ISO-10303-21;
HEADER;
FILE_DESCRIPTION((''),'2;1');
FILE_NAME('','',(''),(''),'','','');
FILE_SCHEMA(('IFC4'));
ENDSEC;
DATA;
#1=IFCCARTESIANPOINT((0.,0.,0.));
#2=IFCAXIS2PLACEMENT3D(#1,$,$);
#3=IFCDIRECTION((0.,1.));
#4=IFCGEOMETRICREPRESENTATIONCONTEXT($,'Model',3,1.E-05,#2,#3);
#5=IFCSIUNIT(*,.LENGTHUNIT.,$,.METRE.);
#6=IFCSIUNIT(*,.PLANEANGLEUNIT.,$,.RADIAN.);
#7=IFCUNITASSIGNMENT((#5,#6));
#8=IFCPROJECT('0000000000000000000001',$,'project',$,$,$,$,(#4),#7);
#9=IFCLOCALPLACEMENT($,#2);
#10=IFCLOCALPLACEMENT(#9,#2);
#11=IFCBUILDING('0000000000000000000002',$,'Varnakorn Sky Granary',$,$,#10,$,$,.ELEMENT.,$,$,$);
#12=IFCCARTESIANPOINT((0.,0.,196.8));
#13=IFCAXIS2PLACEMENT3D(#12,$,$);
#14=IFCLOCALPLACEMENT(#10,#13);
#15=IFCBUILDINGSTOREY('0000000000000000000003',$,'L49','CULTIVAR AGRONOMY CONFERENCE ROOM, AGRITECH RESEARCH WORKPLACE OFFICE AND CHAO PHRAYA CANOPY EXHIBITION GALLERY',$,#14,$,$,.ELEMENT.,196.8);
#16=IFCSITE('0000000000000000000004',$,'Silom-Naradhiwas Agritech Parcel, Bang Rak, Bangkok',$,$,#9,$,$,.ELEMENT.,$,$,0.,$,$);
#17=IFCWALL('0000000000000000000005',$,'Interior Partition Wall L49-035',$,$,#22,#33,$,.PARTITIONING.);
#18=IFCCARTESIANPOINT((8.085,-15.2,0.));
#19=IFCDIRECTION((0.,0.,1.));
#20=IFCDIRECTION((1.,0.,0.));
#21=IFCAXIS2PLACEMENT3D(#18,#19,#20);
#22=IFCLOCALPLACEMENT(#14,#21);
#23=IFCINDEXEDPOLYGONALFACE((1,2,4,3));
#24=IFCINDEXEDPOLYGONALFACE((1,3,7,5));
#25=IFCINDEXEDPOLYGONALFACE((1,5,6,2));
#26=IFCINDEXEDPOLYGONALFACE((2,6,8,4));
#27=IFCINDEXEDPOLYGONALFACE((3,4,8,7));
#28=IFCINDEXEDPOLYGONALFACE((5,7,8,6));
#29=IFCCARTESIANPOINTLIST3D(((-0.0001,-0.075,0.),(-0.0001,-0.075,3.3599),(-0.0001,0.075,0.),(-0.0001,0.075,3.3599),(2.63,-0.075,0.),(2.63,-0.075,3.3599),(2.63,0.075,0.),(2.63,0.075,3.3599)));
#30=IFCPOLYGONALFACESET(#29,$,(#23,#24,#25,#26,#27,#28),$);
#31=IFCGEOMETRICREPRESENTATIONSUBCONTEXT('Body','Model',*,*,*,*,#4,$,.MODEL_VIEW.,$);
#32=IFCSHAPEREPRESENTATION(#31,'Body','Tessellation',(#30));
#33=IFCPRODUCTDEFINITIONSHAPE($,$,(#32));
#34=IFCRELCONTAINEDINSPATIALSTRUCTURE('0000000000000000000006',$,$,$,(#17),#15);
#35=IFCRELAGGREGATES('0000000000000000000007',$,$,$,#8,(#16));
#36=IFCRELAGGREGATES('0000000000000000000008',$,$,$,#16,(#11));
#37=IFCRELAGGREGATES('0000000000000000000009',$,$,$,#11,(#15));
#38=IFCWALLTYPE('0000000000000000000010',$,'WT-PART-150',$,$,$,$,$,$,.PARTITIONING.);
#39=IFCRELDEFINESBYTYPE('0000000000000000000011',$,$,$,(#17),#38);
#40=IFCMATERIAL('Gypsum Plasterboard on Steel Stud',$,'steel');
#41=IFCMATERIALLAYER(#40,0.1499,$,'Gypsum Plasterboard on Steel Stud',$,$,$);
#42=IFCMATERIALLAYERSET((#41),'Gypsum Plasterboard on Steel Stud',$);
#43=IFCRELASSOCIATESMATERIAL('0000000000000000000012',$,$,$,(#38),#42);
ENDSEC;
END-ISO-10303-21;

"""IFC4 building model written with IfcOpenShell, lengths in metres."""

from ifc_helpers import new_model, si_unit, direction, frame, frame_2d, origin, place, context, subcontext, project, spatial, rectangle, extrude, material, layer, layer_set, type_object, element, save


model = new_model("IFC4")

# Units and contexts
model_context = context("Model", 3, precision=1e-05, world=origin(), true_north=direction((0.0, 1.0)))
body_context = subcontext(model_context, "Body", "Model", "MODEL_VIEW")
ifc_project = project(units=[si_unit("LENGTHUNIT", "METRE"), si_unit("PLANEANGLEUNIT", "RADIAN")], contexts=[model_context])

# Site, building, storey
site_placement = place(None, origin())
site = spatial("IfcSite", under=ifc_project, at=site_placement, Name="Silom-Naradhiwas Agritech Parcel, Bang Rak, Bangkok", CompositionType="ELEMENT", RefElevation=0.0)
building_placement = place(site_placement, origin())
building = spatial("IfcBuilding", under=site, at=building_placement, Name="Varnakorn Sky Granary", CompositionType="ELEMENT")
storey_placement = place(building_placement, frame((0.0, 0.0, 196.8)))
storey = spatial("IfcBuildingStorey", under=building, at=storey_placement, Name="L49", Description="CULTIVAR AGRONOMY CONFERENCE ROOM, AGRITECH RESEARCH WORKPLACE OFFICE AND CHAO PHRAYA CANOPY EXHIBITION GALLERY", CompositionType="ELEMENT", Elevation=196.8)

# Shared definitions
ifc_material_1 = material(Name="Gypsum Plasterboard on Steel Stud", Category="steel")
ifc_layer_1 = layer(ifc_material_1, 0.1499, Name="Gypsum Plasterboard on Steel Stud")
ifc_layer_set_1 = layer_set([ifc_layer_1], Name="Gypsum Plasterboard on Steel Stud")
wall_type_1 = type_object("IfcWallType", Name="WT-PART-150", PredefinedType="PARTITIONING", material=ifc_layer_set_1)

# Wall
wall_1_placement = place(storey_placement, frame((8.085, -15.2, 0.0), z_axis=(0.0, 0.0, 1.0), x_axis=(1.0, 0.0, 0.0)))
element("IfcWall", 1, at=wall_1_placement, inside=storey, type_object=wall_type_1, Name="Interior Partition Wall L49-035", PredefinedType="PARTITIONING", context=body_context, shape_type="SweptSolid", body=[
    extrude(rectangle(XDim=2.6301, YDim=0.1499, at=frame_2d((1.3149, 0.0))), origin(), (0.0, 0.0, 1.0), 3.3599),
])

save(model, "model.ifc")
